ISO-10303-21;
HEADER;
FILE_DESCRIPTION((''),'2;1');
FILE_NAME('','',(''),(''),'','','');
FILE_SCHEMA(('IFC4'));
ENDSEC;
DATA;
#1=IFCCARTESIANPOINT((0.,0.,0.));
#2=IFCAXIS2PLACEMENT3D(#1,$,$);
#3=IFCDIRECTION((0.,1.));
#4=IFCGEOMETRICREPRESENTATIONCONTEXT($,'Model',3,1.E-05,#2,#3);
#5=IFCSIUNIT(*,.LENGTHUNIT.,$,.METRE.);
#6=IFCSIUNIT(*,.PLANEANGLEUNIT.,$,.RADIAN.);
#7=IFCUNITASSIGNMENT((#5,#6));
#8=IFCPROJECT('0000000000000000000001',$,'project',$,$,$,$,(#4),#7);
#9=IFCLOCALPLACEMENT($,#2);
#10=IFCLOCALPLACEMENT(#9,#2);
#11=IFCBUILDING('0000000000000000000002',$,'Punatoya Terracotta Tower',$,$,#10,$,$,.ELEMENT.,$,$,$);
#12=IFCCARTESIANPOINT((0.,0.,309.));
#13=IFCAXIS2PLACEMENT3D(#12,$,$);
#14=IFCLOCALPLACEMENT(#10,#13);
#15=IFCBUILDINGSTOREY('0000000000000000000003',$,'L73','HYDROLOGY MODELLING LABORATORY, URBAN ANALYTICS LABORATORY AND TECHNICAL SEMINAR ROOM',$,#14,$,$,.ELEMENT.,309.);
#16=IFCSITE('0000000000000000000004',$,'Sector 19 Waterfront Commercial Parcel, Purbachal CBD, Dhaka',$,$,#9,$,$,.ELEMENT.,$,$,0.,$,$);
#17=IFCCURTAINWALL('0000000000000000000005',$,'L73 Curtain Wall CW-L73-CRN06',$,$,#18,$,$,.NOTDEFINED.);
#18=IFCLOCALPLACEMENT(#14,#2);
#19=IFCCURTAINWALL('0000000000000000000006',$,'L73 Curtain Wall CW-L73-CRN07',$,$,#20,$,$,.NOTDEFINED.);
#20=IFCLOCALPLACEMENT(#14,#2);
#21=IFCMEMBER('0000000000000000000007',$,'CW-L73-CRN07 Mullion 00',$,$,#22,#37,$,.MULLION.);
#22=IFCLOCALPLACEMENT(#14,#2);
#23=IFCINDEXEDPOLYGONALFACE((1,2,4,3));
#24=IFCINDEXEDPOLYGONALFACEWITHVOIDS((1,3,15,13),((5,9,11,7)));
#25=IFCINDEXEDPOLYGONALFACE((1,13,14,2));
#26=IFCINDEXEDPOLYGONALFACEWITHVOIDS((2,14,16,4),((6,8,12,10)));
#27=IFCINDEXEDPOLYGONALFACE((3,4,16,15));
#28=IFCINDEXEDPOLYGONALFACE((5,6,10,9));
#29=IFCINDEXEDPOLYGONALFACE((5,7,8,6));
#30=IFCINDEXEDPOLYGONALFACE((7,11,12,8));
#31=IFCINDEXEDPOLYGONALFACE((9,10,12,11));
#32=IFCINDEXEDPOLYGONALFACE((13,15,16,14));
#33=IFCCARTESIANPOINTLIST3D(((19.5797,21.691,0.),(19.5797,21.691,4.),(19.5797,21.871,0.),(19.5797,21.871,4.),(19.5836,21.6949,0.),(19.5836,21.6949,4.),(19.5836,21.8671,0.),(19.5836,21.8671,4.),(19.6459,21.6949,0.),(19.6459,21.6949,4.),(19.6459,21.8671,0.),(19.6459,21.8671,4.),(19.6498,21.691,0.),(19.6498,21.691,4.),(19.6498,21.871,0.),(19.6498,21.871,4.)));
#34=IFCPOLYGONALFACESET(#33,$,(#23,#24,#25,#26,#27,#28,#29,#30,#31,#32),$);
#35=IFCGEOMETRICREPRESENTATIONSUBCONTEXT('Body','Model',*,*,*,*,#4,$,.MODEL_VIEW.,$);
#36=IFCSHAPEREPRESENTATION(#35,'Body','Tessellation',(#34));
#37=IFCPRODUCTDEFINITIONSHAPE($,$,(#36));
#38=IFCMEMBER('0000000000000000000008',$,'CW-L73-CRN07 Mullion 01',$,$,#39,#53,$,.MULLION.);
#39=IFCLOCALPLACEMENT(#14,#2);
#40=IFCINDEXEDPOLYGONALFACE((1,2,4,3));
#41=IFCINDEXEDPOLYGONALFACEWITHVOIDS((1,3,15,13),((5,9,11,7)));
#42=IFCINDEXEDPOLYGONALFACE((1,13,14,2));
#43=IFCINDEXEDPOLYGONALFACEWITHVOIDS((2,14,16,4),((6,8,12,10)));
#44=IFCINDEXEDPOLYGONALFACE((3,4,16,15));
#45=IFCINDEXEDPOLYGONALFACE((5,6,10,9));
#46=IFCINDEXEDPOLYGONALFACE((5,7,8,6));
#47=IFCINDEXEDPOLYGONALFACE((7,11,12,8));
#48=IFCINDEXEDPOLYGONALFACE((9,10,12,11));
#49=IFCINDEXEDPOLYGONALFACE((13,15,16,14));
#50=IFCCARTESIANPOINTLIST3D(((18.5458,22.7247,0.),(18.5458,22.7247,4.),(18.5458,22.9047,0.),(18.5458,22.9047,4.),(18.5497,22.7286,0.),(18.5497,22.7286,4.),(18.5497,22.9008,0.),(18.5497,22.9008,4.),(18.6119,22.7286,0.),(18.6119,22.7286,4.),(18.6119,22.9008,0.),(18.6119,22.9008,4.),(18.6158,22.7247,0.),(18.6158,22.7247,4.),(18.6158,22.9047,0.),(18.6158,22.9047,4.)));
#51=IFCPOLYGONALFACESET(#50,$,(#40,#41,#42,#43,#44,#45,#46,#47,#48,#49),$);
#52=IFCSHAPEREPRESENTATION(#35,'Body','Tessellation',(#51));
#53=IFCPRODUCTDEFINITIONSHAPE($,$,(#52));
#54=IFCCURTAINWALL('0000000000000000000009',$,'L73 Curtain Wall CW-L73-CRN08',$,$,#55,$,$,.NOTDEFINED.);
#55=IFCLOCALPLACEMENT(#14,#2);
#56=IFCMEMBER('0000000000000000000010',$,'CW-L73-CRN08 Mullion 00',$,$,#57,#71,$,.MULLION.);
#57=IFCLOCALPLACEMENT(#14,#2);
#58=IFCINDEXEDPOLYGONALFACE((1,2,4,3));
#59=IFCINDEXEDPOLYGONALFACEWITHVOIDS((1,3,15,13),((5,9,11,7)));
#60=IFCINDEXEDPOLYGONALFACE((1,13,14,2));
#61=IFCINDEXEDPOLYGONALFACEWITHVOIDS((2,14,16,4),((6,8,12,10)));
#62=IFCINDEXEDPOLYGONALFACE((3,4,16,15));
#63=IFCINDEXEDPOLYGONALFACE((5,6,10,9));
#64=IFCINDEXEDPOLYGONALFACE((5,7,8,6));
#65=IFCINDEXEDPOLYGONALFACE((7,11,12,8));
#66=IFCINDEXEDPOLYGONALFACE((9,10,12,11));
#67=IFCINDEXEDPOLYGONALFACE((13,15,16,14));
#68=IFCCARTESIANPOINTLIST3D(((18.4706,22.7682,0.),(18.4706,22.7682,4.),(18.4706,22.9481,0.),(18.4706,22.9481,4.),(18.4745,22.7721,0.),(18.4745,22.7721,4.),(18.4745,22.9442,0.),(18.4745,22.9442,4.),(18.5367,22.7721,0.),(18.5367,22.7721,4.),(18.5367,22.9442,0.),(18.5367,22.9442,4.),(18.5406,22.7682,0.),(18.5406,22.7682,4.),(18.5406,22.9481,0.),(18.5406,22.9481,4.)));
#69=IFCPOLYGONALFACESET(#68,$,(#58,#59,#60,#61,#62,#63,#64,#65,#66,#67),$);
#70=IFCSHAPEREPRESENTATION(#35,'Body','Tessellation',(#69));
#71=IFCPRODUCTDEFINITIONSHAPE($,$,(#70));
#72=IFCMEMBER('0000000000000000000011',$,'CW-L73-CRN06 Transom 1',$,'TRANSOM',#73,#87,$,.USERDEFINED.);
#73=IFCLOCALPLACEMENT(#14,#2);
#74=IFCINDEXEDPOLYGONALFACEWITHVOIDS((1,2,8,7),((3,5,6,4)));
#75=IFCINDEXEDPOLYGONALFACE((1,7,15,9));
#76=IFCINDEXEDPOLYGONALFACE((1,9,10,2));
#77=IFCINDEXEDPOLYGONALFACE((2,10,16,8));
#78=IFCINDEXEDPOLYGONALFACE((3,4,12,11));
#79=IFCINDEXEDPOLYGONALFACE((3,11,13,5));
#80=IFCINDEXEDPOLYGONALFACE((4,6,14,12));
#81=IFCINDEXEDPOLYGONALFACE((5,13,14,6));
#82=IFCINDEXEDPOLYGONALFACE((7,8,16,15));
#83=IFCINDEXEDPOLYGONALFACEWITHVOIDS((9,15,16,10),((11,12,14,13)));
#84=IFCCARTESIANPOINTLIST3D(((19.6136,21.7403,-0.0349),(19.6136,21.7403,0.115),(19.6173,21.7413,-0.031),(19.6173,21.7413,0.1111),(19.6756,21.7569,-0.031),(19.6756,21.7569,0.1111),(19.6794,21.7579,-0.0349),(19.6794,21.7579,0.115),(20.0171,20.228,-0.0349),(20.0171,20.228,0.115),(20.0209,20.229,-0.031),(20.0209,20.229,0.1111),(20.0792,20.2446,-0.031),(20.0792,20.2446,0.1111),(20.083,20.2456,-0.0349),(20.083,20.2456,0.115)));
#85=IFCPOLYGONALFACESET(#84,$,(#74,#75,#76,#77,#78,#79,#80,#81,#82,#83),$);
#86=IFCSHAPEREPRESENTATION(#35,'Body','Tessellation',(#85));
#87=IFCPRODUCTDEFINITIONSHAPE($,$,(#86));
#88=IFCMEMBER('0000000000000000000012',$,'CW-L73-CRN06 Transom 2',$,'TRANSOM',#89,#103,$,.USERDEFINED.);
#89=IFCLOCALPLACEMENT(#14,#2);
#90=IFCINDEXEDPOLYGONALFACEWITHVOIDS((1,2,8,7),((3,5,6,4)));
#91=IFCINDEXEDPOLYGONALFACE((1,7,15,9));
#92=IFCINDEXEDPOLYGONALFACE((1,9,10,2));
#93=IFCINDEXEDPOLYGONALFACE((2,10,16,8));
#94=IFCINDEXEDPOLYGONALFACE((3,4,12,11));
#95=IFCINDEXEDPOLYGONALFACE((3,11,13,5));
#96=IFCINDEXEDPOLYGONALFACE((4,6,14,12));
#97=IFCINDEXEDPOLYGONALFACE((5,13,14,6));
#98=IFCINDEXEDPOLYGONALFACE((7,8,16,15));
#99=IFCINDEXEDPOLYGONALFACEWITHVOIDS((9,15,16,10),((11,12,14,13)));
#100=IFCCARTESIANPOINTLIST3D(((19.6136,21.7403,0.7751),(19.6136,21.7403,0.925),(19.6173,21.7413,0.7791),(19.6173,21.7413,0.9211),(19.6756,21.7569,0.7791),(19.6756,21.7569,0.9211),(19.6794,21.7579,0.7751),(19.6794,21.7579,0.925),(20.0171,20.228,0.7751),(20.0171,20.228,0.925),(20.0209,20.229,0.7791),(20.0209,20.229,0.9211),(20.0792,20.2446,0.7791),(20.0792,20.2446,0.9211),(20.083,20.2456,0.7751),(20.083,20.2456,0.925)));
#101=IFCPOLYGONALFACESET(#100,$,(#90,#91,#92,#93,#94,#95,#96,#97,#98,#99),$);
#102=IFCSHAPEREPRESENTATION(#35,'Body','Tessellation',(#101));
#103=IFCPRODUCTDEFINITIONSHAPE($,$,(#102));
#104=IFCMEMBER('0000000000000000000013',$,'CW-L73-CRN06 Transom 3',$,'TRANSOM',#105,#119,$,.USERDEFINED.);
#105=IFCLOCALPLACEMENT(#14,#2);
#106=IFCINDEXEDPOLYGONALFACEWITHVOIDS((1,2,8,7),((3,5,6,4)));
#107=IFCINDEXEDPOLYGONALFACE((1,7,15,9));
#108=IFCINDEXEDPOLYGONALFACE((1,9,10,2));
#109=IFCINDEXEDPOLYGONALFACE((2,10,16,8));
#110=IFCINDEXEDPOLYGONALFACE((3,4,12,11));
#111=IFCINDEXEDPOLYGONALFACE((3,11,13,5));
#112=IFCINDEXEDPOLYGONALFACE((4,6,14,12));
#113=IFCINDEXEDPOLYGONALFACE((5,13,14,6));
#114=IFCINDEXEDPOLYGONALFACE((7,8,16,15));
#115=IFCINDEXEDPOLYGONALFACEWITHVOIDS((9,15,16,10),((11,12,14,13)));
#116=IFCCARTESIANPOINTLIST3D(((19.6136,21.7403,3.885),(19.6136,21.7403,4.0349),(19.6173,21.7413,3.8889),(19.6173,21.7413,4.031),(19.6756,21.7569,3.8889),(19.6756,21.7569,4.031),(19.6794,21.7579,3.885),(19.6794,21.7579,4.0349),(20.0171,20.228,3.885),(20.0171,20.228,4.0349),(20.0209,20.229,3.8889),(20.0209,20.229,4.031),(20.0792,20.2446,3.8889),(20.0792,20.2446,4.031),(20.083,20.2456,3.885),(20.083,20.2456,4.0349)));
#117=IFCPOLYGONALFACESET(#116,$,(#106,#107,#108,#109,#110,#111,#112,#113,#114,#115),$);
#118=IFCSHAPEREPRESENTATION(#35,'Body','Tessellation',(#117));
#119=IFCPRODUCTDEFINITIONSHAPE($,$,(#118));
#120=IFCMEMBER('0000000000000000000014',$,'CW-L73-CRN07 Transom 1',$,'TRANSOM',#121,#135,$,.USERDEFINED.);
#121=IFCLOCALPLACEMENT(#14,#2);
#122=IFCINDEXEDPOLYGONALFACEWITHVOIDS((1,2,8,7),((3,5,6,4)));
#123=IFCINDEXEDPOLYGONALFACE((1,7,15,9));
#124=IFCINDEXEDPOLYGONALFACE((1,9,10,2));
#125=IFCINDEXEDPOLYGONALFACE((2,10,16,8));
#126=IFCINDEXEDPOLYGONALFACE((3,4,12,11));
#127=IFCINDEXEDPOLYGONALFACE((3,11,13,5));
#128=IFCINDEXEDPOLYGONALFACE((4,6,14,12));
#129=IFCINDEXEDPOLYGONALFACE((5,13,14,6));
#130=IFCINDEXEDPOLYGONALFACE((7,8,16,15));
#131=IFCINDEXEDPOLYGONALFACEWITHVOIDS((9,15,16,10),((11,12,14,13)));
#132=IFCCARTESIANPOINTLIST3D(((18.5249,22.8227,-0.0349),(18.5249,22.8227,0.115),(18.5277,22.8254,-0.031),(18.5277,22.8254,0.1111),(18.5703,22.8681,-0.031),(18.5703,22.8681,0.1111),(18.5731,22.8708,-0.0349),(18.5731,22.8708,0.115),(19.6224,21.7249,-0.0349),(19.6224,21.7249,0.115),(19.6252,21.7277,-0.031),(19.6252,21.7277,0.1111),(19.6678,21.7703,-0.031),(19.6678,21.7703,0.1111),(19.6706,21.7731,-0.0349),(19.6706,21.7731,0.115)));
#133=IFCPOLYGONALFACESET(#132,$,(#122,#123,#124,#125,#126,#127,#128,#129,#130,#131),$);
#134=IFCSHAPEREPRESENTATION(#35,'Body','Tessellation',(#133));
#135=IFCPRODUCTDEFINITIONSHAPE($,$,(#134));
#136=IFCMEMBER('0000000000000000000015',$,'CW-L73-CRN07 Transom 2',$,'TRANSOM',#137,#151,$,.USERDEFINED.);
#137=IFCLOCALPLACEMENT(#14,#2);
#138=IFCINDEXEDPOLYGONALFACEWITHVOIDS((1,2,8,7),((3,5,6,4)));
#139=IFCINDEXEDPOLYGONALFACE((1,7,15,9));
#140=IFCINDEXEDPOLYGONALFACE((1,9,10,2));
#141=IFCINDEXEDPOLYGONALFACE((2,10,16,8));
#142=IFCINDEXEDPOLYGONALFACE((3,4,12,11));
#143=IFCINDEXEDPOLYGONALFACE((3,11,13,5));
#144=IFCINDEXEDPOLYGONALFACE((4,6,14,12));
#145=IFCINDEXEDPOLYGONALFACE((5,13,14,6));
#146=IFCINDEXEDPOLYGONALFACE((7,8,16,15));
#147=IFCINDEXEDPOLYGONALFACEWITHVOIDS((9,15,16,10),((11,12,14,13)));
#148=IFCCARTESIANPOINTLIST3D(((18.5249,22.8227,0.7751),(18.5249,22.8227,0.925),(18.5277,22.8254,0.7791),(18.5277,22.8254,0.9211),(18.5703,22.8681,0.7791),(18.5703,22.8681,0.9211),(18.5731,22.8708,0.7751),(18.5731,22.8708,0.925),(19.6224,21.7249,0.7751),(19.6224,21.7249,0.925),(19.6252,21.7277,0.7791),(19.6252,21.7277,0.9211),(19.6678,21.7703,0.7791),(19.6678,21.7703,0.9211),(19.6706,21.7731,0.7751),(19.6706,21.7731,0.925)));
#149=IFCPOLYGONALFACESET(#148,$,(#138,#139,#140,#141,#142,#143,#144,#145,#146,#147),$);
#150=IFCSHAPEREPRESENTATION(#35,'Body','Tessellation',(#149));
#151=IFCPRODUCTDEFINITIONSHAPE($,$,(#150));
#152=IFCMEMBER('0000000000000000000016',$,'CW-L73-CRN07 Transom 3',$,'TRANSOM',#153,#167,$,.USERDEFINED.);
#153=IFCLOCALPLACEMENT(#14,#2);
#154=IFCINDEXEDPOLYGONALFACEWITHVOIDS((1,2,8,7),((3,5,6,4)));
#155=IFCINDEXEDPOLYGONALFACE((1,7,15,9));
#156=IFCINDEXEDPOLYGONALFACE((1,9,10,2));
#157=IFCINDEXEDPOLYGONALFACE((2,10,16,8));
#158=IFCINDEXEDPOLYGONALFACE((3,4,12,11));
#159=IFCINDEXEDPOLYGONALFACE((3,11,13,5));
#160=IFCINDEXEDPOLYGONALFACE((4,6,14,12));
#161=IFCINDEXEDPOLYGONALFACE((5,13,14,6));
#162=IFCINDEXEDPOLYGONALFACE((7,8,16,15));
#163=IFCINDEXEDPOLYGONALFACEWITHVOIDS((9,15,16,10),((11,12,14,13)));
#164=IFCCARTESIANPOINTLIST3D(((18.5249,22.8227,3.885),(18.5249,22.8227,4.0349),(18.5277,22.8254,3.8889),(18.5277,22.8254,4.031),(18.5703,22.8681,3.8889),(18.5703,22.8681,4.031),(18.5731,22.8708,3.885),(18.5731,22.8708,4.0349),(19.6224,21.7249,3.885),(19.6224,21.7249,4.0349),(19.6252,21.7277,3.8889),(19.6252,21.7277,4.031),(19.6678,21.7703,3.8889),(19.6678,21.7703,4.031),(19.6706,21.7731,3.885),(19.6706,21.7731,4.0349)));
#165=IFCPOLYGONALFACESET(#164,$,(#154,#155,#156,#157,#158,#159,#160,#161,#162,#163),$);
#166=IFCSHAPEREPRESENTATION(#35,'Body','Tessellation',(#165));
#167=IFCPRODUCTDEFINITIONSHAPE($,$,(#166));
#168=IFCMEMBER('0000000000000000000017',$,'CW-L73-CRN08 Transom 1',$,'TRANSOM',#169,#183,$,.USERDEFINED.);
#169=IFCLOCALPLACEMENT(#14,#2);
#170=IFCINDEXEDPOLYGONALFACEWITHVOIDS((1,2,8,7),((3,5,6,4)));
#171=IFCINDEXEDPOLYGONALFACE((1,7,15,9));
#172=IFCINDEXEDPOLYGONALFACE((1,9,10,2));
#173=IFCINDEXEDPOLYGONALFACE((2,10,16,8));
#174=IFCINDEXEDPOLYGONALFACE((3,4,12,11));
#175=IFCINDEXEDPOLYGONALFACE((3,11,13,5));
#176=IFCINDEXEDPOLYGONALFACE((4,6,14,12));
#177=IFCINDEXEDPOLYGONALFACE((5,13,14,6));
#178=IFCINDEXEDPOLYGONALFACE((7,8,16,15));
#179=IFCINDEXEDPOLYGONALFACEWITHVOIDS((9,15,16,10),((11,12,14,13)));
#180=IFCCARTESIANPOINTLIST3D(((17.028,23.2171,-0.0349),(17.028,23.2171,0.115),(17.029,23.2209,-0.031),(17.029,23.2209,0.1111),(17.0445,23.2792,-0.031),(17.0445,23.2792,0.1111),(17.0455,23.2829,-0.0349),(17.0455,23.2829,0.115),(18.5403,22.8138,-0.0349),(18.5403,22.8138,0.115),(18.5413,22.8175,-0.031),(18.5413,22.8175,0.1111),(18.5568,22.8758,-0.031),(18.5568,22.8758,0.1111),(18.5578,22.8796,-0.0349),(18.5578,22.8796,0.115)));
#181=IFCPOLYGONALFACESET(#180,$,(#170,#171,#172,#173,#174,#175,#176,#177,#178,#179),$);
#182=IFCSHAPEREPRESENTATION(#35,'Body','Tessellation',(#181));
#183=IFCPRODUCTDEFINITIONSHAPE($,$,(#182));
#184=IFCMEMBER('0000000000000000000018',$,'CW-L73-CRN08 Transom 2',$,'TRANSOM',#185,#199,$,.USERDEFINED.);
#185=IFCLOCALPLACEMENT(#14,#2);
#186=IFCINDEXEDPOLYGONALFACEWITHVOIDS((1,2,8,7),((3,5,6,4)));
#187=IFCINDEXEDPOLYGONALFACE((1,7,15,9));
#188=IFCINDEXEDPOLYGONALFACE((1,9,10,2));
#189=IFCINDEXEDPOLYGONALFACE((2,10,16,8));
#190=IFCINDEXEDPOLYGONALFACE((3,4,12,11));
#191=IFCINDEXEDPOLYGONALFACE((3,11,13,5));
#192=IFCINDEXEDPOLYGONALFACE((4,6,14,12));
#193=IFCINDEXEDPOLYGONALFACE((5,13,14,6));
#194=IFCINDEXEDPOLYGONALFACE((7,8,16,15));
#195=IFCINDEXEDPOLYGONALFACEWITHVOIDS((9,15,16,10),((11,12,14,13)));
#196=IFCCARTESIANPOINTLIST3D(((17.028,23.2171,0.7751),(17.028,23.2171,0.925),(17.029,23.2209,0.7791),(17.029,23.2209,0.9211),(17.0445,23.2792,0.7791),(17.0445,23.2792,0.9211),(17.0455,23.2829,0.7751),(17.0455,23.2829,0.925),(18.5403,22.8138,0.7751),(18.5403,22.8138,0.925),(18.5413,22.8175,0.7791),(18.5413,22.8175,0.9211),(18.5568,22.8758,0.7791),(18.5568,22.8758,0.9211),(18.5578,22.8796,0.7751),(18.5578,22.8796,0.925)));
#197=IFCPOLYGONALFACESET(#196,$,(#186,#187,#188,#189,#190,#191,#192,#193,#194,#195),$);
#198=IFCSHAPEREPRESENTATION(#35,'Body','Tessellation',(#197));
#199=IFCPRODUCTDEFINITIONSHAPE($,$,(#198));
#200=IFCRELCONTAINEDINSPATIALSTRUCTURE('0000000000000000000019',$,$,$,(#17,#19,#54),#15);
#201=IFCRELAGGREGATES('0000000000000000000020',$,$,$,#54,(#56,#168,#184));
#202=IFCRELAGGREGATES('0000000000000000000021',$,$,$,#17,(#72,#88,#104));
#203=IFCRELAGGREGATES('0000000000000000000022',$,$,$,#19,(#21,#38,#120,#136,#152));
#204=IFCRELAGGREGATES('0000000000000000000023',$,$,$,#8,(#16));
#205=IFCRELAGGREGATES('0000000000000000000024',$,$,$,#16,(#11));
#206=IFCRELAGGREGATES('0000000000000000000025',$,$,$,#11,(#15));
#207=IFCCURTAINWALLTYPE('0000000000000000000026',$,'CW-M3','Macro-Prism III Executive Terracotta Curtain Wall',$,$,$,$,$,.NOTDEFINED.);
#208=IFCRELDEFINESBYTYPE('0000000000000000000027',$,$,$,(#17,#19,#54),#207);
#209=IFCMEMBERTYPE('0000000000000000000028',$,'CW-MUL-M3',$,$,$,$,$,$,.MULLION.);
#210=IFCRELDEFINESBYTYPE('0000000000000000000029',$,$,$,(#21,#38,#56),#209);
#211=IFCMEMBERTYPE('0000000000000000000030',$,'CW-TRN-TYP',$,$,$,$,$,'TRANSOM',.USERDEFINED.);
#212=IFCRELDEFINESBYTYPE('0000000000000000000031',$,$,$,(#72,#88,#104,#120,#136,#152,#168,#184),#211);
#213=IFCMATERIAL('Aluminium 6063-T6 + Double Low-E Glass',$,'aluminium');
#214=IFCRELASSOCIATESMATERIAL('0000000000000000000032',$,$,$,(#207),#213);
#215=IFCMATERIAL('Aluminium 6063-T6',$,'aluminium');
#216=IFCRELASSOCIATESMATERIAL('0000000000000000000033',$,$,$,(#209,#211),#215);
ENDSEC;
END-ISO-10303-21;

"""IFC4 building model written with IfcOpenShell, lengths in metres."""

from ifc_helpers import new_model, si_unit, direction, frame, origin, origin_2d, place, context, subcontext, project, spatial, hollow_rectangle, extrude, material, material_profile, profile_set, type_object, element, aggregate, save


model = new_model("IFC4")

# Units and contexts
model_context = context("Model", 3, precision=1e-05, world=origin(), true_north=direction((0.0, 1.0)))
body_context = subcontext(model_context, "Body", "Model", "MODEL_VIEW")
ifc_project = project(units=[si_unit("LENGTHUNIT", "METRE"), si_unit("PLANEANGLEUNIT", "RADIAN")], contexts=[model_context])

# Site, building, storey
site_placement = place(None, origin())
site = spatial("IfcSite", under=ifc_project, at=site_placement, Name="Sector 19 Waterfront Commercial Parcel, Purbachal CBD, Dhaka", CompositionType="ELEMENT", RefElevation=0.0)
building_placement = place(site_placement, origin())
building = spatial("IfcBuilding", under=site, at=building_placement, Name="Punatoya Terracotta Tower", CompositionType="ELEMENT")
storey_placement = place(building_placement, frame((0.0, 0.0, 309.0)))
storey = spatial("IfcBuildingStorey", under=building, at=storey_placement, Name="L73", Description="HYDROLOGY MODELLING LABORATORY, URBAN ANALYTICS LABORATORY AND TECHNICAL SEMINAR ROOM", CompositionType="ELEMENT", Elevation=309.0)

# Curtain walls, members
ifc_material_1 = material(Name="Aluminium 6063-T6 + Double Low-E Glass", Category="aluminium")
curtain_wall_type = type_object("IfcCurtainWallType", Name="CW-M3", Description="Macro-Prism III Executive Terracotta Curtain Wall", PredefinedType="NOTDEFINED", material=ifc_material_1)
ifc_material_2 = material(Name="Aluminium 6063-T6", Category="aluminium")
ifc_material_profile_1 = material_profile(ifc_material_2, hollow_rectangle(XDim=0.0701, YDim=0.1799, WallThickness=0.0039, at=origin_2d()))
ifc_profile_set_1 = profile_set([ifc_material_profile_1], Name="Aluminium 6063-T6")
member_type_1 = type_object("IfcMemberType", Name="CW-MUL-M3", PredefinedType="MULLION", material=ifc_profile_set_1)
curtain_wall_1_placement = place(storey_placement, origin())
curtain_wall_1 = element("IfcCurtainWall", 1, at=curtain_wall_1_placement, inside=storey, type_object=curtain_wall_type, Name="L73 Curtain Wall CW-L73-CRN06", PredefinedType="NOTDEFINED")
curtain_wall_2_placement = place(storey_placement, origin())
curtain_wall_2 = element("IfcCurtainWall", 2, at=curtain_wall_2_placement, inside=storey, type_object=curtain_wall_type, Name="L73 Curtain Wall CW-L73-CRN07", PredefinedType="NOTDEFINED")
member_1_placement = place(storey_placement, frame((19.6147, 21.781, 0.0), z_axis=(0.0, 0.0, 1.0), x_axis=(1.0, 0.0, 0.0)))
member_1 = element("IfcMember", 3, at=member_1_placement, type_object=member_type_1, Name="CW-L73-CRN07 Mullion 00", PredefinedType="MULLION", context=body_context, shape_type="SweptSolid", body=[
    extrude(hollow_rectangle(XDim=0.0701, YDim=0.1799, WallThickness=0.0039, at=origin_2d()), origin(), (0.0, 0.0, 1.0), 4.0),
])
member_2_placement = place(storey_placement, frame((18.5808, 22.8147, 0.0), z_axis=(0.0, 0.0, 1.0), x_axis=(1.0, 0.0, 0.0)))
member_2 = element("IfcMember", 4, at=member_2_placement, type_object=member_type_1, Name="CW-L73-CRN07 Mullion 01", PredefinedType="MULLION", context=body_context, shape_type="SweptSolid", body=[
    extrude(hollow_rectangle(XDim=0.0701, YDim=0.1799, WallThickness=0.0039, at=origin_2d()), origin(), (0.0, 0.0, 1.0), 4.0),
])

# Curtain wall, member
curtain_wall_3_placement = place(storey_placement, origin())
curtain_wall_3 = element("IfcCurtainWall", 5, at=curtain_wall_3_placement, inside=storey, type_object=curtain_wall_type, Name="L73 Curtain Wall CW-L73-CRN08", PredefinedType="NOTDEFINED")
member_3_placement = place(storey_placement, frame((18.5056, 22.8582, 0.0), z_axis=(0.0, 0.0, 1.0), x_axis=(1.0, 0.0, 0.0)))
member_3 = element("IfcMember", 6, at=member_3_placement, type_object=member_type_1, Name="CW-L73-CRN08 Mullion 00", PredefinedType="MULLION", context=body_context, shape_type="SweptSolid", body=[
    extrude(hollow_rectangle(XDim=0.0701, YDim=0.1799, WallThickness=0.0039, at=origin_2d()), origin(), (0.0, 0.0, 1.0), 4.0),
])

# Members
ifc_material_profile_2 = material_profile(ifc_material_2, hollow_rectangle(XDim=0.0681, YDim=0.1499, WallThickness=0.0039, at=origin_2d()))
ifc_profile_set_2 = profile_set([ifc_material_profile_2], Name="Aluminium 6063-T6")
member_type_2 = type_object("IfcMemberType", Name="CW-TRN-TYP", ElementType="TRANSOM", PredefinedType="USERDEFINED", material=ifc_profile_set_2)
member_4_placement = place(storey_placement, frame((20.05, 20.2368, 0.04), z_axis=(-0.257847, 0.966186, 0.0), x_axis=(-0.966186, -0.257847, 0.0)))
member_4 = element("IfcMember", 7, at=member_4_placement, type_object=member_type_2, Name="CW-L73-CRN06 Transom 1", ObjectType="TRANSOM", PredefinedType="USERDEFINED", context=body_context, shape_type="SweptSolid", body=[
    extrude(hollow_rectangle(XDim=0.0681, YDim=0.1499, WallThickness=0.0039, at=origin_2d()), origin(), (0.0, 0.0, 1.0), 1.5652),
])
member_5_placement = place(storey_placement, frame((20.05, 20.2368, 0.8501), z_axis=(-0.257847, 0.966186, 0.0), x_axis=(-0.966186, -0.257847, 0.0)))
member_5 = element("IfcMember", 8, at=member_5_placement, type_object=member_type_2, Name="CW-L73-CRN06 Transom 2", ObjectType="TRANSOM", PredefinedType="USERDEFINED", context=body_context, shape_type="SweptSolid", body=[
    extrude(hollow_rectangle(XDim=0.0681, YDim=0.1499, WallThickness=0.0039, at=origin_2d()), origin(), (0.0, 0.0, 1.0), 1.5652),
])
member_6_placement = place(storey_placement, frame((20.05, 20.2368, 3.96), z_axis=(-0.257847, 0.966186, 0.0), x_axis=(-0.966186, -0.257847, 0.0)))
member_6 = element("IfcMember", 9, at=member_6_placement, type_object=member_type_2, Name="CW-L73-CRN06 Transom 3", ObjectType="TRANSOM", PredefinedType="USERDEFINED", context=body_context, shape_type="SweptSolid", body=[
    extrude(hollow_rectangle(XDim=0.0681, YDim=0.1499, WallThickness=0.0039, at=origin_2d()), origin(), (0.0, 0.0, 1.0), 1.5652),
])
member_7_placement = place(storey_placement, frame((19.6465, 21.749, 0.04), z_axis=(-0.707028, 0.707185, 0.0), x_axis=(-0.707185, -0.707028, 0.0)))
member_7 = element("IfcMember", 10, at=member_7_placement, type_object=member_type_2, Name="CW-L73-CRN07 Transom 1", ObjectType="TRANSOM", PredefinedType="USERDEFINED", context=body_context, shape_type="SweptSolid", body=[
    extrude(hollow_rectangle(XDim=0.0681, YDim=0.1499, WallThickness=0.0039, at=origin_2d()), origin(), (0.0, 0.0, 1.0), 1.5522),
])
member_8_placement = place(storey_placement, frame((19.6465, 21.749, 0.8501), z_axis=(-0.707028, 0.707185, 0.0), x_axis=(-0.707185, -0.707028, 0.0)))
member_8 = element("IfcMember", 11, at=member_8_placement, type_object=member_type_2, Name="CW-L73-CRN07 Transom 2", ObjectType="TRANSOM", PredefinedType="USERDEFINED", context=body_context, shape_type="SweptSolid", body=[
    extrude(hollow_rectangle(XDim=0.0681, YDim=0.1499, WallThickness=0.0039, at=origin_2d()), origin(), (0.0, 0.0, 1.0), 1.5522),
])
member_9_placement = place(storey_placement, frame((19.6465, 21.749, 3.96), z_axis=(-0.707028, 0.707185, 0.0), x_axis=(-0.707185, -0.707028, 0.0)))
member_9 = element("IfcMember", 12, at=member_9_placement, type_object=member_type_2, Name="CW-L73-CRN07 Transom 3", ObjectType="TRANSOM", PredefinedType="USERDEFINED", context=body_context, shape_type="SweptSolid", body=[
    extrude(hollow_rectangle(XDim=0.0681, YDim=0.1499, WallThickness=0.0039, at=origin_2d()), origin(), (0.0, 0.0, 1.0), 1.5522),
])
member_10_placement = place(storey_placement, frame((18.5491, 22.8467, 0.04), z_axis=(-0.966225, 0.257701, 0.0), x_axis=(-0.257701, -0.966225, 0.0)))
member_10 = element("IfcMember", 13, at=member_10_placement, type_object=member_type_2, Name="CW-L73-CRN08 Transom 1", ObjectType="TRANSOM", PredefinedType="USERDEFINED", context=body_context, shape_type="SweptSolid", body=[
    extrude(hollow_rectangle(XDim=0.0681, YDim=0.1499, WallThickness=0.0039, at=origin_2d()), origin(), (0.0, 0.0, 1.0), 1.5652),
])
member_11_placement = place(storey_placement, frame((18.5491, 22.8467, 0.8501), z_axis=(-0.966225, 0.257701, 0.0), x_axis=(-0.257701, -0.966225, 0.0)))
member_11 = element("IfcMember", 14, at=member_11_placement, type_object=member_type_2, Name="CW-L73-CRN08 Transom 2", ObjectType="TRANSOM", PredefinedType="USERDEFINED", context=body_context, shape_type="SweptSolid", body=[
    extrude(hollow_rectangle(XDim=0.0681, YDim=0.1499, WallThickness=0.0039, at=origin_2d()), origin(), (0.0, 0.0, 1.0), 1.5652),
])

aggregate(curtain_wall_3, [member_3, member_10, member_11])
aggregate(curtain_wall_1, [member_4, member_5, member_6])
aggregate(curtain_wall_2, [member_1, member_2, member_7, member_8, member_9])

save(model, "model.ifc")
